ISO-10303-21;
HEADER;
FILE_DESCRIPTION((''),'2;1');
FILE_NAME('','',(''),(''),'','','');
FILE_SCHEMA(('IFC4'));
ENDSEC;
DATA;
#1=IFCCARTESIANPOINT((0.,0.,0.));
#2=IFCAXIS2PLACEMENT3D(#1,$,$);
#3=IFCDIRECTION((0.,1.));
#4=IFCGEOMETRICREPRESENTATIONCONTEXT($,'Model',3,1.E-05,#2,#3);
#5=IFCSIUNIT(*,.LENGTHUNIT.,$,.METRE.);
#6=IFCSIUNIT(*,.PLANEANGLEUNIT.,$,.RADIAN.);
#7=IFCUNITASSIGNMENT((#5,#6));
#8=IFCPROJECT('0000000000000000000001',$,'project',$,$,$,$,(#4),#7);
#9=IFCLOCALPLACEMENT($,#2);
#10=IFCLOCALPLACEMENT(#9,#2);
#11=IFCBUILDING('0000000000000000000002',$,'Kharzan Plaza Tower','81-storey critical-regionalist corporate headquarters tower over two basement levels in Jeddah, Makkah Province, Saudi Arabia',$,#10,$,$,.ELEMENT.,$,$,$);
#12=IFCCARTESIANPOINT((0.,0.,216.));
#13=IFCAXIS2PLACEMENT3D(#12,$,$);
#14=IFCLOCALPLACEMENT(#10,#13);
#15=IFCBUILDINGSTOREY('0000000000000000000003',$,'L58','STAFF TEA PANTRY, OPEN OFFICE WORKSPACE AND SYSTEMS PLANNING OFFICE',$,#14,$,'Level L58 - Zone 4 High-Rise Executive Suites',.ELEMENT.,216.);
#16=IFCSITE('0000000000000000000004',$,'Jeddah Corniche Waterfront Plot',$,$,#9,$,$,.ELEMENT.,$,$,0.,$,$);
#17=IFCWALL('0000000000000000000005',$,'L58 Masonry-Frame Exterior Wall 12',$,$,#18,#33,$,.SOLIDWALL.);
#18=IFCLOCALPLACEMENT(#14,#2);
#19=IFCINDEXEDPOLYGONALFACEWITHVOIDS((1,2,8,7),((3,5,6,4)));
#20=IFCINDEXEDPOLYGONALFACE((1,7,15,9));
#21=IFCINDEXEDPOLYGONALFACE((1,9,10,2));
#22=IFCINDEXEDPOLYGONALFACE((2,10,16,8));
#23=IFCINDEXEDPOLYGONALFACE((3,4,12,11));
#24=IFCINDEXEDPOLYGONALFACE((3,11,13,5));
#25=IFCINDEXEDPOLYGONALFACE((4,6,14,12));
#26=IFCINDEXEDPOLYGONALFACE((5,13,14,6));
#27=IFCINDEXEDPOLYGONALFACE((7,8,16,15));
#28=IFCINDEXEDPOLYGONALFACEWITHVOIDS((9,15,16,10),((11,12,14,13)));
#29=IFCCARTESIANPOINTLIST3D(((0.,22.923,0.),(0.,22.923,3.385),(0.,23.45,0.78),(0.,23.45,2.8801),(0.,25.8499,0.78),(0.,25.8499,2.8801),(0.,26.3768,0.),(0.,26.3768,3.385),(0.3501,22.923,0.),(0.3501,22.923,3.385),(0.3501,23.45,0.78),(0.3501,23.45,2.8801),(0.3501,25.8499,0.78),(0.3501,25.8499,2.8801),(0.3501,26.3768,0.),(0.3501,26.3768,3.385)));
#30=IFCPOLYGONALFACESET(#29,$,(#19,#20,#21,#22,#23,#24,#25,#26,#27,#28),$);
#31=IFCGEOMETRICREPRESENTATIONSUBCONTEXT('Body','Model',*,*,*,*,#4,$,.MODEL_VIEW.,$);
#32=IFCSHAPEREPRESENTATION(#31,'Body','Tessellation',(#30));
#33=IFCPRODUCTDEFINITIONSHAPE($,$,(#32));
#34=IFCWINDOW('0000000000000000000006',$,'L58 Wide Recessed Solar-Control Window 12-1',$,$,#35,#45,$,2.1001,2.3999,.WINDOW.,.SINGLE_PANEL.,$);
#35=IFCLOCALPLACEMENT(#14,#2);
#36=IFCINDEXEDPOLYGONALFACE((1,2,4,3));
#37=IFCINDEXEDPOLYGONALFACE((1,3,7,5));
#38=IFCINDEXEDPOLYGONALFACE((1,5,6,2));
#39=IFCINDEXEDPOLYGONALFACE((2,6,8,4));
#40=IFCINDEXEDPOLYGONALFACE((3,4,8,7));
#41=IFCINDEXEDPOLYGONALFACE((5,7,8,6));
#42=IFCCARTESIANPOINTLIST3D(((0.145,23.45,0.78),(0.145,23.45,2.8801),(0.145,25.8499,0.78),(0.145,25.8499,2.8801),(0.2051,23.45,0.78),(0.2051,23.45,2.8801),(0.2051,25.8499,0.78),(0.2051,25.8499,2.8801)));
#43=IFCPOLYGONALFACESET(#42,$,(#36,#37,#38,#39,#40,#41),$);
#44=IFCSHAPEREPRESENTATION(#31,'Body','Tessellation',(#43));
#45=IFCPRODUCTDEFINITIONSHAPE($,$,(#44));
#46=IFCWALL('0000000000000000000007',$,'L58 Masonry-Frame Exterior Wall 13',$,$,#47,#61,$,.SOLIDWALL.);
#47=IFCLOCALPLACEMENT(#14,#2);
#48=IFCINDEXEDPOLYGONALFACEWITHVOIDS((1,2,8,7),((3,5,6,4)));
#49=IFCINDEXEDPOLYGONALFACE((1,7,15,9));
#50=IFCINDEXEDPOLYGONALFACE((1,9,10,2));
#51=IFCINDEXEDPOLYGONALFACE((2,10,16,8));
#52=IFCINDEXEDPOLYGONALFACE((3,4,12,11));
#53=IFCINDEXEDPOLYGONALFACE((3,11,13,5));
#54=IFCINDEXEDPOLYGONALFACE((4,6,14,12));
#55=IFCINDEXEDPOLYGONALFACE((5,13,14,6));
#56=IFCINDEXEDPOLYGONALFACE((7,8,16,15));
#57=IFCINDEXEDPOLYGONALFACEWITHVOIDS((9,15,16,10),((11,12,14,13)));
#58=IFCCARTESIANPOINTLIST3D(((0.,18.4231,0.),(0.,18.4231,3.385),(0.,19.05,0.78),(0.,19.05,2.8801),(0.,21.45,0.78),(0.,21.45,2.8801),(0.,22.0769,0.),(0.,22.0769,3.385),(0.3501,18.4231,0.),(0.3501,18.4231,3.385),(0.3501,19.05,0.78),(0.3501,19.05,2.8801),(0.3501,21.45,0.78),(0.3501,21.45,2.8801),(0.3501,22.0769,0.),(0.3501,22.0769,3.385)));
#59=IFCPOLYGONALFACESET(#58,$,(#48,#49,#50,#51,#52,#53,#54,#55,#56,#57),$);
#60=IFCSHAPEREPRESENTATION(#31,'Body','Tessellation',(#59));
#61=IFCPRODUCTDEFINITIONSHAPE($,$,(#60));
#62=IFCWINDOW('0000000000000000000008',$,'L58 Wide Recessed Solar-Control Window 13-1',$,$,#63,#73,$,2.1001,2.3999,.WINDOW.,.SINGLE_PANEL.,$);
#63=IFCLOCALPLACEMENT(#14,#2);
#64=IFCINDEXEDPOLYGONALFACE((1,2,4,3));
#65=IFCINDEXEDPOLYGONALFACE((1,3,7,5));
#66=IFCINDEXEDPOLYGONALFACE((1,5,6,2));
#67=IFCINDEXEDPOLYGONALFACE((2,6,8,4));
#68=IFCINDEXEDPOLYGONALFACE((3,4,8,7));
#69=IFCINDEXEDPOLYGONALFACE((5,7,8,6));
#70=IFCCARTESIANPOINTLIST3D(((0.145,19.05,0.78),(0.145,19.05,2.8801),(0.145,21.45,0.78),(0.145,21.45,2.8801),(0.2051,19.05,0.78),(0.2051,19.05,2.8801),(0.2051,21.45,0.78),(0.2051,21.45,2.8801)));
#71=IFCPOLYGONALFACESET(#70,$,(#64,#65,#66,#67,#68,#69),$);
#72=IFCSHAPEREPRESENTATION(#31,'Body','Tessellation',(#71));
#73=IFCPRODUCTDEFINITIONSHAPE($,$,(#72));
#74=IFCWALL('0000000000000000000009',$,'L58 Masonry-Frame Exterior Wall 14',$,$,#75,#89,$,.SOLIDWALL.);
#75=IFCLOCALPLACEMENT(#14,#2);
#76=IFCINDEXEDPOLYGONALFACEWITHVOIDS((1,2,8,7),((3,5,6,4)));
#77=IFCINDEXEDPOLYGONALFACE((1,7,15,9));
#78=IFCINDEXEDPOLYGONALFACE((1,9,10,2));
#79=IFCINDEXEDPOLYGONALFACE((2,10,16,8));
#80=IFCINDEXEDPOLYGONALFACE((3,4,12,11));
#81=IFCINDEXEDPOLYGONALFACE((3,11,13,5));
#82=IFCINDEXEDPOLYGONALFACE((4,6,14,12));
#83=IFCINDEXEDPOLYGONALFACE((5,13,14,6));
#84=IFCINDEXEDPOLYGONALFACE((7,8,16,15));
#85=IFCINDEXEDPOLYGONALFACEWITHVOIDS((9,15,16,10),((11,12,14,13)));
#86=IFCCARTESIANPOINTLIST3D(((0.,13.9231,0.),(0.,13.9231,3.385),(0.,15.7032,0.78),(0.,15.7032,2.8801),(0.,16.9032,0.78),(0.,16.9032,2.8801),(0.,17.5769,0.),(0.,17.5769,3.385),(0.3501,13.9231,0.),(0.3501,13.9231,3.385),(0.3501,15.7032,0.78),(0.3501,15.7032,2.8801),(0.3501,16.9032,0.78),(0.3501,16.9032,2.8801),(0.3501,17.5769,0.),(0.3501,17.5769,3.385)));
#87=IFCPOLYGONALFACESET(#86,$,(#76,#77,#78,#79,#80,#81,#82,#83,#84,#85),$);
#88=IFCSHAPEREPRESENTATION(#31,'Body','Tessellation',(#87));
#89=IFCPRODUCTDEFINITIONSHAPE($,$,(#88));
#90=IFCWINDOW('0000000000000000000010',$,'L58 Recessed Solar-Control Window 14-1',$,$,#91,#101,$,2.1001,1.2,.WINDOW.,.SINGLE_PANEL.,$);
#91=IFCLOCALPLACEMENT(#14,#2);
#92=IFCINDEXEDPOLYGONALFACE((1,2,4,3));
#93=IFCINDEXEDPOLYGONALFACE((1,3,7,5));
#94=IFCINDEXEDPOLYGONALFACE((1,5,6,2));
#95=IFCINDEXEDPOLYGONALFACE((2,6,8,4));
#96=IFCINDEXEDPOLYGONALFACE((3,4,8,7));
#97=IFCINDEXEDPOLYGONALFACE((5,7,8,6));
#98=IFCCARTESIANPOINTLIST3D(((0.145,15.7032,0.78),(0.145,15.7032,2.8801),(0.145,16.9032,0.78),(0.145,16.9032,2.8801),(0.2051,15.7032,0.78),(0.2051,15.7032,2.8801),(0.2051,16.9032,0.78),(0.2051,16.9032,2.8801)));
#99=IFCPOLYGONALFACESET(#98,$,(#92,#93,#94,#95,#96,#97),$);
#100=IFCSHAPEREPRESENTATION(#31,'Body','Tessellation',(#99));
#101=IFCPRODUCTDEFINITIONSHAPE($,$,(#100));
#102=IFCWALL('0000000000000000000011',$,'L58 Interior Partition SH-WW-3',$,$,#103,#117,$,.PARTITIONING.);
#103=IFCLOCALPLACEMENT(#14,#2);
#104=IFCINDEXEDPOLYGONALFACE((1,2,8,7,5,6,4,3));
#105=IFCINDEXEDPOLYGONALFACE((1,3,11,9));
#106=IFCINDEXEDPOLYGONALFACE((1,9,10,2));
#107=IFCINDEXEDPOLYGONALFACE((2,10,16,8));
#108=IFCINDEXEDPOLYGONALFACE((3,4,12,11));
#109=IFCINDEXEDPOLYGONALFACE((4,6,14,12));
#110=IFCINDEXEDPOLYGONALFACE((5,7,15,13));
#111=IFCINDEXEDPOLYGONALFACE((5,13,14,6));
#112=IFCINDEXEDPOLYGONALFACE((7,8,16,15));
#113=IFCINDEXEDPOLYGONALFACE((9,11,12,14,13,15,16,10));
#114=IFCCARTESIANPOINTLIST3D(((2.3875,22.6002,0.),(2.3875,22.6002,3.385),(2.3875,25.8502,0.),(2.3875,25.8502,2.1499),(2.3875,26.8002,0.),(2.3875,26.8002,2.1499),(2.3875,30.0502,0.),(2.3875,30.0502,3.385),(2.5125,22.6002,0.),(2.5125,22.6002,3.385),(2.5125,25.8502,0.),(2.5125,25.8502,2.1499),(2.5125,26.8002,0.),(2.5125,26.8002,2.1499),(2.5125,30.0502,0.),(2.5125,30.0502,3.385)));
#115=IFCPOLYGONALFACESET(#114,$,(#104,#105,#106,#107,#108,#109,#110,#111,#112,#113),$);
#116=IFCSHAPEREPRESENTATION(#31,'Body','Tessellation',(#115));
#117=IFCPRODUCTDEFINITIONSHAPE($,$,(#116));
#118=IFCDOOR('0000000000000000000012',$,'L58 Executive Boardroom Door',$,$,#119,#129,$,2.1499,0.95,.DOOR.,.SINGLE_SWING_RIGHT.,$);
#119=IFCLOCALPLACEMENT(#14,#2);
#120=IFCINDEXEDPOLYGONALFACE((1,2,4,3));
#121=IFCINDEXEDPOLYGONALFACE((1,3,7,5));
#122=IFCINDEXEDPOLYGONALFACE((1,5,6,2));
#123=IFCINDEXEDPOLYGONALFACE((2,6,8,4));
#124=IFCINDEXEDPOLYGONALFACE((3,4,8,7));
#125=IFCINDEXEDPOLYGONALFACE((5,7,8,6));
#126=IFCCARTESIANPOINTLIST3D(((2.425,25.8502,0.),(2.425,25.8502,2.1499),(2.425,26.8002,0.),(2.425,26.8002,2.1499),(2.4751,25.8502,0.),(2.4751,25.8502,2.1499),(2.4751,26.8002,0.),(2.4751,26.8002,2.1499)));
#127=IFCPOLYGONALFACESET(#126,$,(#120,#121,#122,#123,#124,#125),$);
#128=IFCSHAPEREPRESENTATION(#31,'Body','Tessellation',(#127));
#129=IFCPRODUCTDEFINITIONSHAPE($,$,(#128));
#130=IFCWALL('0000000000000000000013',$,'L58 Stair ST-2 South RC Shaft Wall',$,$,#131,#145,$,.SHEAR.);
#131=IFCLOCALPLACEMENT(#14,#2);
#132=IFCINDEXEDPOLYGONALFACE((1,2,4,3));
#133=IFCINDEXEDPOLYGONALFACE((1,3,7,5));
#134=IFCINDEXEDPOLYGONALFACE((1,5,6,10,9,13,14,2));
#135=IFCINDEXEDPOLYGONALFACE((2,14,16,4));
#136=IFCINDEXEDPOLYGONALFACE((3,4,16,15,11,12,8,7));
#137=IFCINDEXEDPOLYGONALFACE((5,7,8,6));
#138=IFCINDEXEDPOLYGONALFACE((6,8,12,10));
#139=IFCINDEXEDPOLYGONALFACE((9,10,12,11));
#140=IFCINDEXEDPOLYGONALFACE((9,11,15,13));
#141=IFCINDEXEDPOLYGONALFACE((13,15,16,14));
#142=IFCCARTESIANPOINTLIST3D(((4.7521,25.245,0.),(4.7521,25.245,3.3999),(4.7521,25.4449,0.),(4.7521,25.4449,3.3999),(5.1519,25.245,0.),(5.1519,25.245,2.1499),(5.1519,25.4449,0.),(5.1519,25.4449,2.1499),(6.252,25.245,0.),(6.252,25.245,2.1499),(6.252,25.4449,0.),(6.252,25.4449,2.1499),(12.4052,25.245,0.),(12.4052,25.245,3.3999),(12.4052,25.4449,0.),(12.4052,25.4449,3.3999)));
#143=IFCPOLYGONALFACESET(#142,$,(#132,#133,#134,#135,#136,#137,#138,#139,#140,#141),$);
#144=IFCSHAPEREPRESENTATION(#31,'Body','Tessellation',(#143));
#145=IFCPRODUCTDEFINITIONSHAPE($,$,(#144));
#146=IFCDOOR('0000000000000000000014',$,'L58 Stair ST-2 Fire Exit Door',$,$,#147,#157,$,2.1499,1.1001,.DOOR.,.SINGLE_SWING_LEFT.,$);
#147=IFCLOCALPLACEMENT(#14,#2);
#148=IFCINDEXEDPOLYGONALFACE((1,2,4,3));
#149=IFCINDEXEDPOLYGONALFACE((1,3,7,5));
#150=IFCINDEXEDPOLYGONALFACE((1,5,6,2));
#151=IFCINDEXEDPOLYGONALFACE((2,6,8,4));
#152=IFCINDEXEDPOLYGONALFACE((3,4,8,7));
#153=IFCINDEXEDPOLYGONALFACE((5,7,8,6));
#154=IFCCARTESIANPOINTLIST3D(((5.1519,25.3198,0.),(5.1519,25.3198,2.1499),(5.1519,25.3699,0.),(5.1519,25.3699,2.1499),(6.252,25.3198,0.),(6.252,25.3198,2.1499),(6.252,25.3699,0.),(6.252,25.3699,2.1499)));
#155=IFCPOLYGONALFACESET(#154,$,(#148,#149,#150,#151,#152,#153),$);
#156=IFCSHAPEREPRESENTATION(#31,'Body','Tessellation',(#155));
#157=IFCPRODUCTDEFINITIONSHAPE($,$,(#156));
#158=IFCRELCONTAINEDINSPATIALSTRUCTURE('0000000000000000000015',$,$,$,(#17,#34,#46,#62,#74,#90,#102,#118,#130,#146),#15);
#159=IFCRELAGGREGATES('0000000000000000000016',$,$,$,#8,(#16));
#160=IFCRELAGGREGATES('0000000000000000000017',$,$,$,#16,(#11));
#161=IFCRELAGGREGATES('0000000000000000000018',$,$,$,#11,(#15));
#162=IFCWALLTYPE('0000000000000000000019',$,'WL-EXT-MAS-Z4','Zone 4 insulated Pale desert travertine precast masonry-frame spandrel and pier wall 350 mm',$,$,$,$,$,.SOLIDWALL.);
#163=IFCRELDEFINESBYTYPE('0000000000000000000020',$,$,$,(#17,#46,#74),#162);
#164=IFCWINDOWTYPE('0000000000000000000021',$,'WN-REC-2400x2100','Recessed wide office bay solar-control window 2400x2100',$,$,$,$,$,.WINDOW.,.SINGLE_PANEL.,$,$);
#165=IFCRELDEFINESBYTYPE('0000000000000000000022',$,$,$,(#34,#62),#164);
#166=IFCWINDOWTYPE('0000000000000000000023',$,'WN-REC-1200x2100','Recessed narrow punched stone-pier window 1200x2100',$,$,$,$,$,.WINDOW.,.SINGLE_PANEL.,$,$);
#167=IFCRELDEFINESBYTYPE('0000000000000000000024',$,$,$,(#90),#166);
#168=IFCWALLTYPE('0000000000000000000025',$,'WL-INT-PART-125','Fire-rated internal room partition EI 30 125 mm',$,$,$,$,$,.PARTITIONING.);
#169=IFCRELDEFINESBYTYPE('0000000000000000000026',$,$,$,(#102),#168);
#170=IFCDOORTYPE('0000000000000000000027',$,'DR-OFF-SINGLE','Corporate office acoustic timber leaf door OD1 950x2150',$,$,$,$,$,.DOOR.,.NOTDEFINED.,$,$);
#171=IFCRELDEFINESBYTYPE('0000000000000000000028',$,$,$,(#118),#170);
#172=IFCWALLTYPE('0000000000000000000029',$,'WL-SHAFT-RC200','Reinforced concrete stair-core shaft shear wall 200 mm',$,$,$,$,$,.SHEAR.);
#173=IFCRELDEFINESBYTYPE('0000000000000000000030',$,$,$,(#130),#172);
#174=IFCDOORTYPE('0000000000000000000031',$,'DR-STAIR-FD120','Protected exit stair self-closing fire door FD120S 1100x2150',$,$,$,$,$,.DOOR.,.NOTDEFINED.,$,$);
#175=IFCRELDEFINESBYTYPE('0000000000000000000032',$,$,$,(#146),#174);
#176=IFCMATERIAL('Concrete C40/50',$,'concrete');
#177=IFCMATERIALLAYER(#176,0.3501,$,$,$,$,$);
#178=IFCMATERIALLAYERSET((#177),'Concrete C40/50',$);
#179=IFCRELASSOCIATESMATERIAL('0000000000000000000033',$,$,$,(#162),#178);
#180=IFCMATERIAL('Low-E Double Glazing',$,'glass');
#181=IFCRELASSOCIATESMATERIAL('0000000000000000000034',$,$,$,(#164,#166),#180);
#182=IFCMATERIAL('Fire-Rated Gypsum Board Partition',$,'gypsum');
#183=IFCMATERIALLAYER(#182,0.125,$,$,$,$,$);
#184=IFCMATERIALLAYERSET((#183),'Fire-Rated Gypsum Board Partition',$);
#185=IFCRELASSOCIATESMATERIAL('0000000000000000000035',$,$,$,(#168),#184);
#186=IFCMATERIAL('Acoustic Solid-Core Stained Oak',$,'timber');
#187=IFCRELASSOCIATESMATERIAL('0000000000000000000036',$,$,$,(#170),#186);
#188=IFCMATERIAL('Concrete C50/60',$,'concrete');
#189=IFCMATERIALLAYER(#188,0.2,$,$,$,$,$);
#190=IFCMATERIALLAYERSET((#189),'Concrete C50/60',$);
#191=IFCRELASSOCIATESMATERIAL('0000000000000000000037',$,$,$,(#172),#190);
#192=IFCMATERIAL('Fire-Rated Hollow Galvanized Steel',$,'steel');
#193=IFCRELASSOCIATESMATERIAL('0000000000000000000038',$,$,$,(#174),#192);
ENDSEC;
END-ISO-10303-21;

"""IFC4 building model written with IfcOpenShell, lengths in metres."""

from ifc_helpers import new_model, si_unit, direction, frame, frame_2d, origin, place, context, subcontext, project, spatial, rectangle, extrude, source, transform, mapped, material, layer, layer_set, type_object, element, fill, save


model = new_model("IFC4")

# Units and contexts
model_context = context("Model", 3, precision=1e-05, world=origin(), true_north=direction((0.0, 1.0)))
body_context = subcontext(model_context, "Body", "Model", "MODEL_VIEW")
ifc_project = project(units=[si_unit("LENGTHUNIT", "METRE"), si_unit("PLANEANGLEUNIT", "RADIAN")], contexts=[model_context])

# Site, building, storey
site_placement = place(None, origin())
site = spatial("IfcSite", under=ifc_project, at=site_placement, Name="Jeddah Corniche Waterfront Plot", CompositionType="ELEMENT", RefElevation=0.0)
building_placement = place(site_placement, origin())
building = spatial("IfcBuilding", under=site, at=building_placement, Name="Kharzan Plaza Tower", Description="81-storey critical-regionalist corporate headquarters tower over two basement levels in Jeddah, Makkah Province, Saudi Arabia", CompositionType="ELEMENT")
storey_placement = place(building_placement, frame((0.0, 0.0, 216.0)))
storey = spatial("IfcBuildingStorey", under=building, at=storey_placement, Name="L58", Description="STAFF TEA PANTRY, OPEN OFFICE WORKSPACE AND SYSTEMS PLANNING OFFICE", LongName="Level L58 - Zone 4 High-Rise Executive Suites", CompositionType="ELEMENT", Elevation=216.0)

# Shared definitions
ifc_material_1 = material(Name="Concrete C50/60", Category="concrete")

# Walls, openings, windows
ifc_material_2 = material(Name="Concrete C40/50", Category="concrete")
ifc_layer_1 = layer(ifc_material_2, 0.3501)
ifc_layer_set_1 = layer_set([ifc_layer_1], Name="Concrete C40/50")
wall_type_1 = type_object("IfcWallType", Name="WL-EXT-MAS-Z4", Description="Zone 4 insulated Pale desert travertine precast masonry-frame spandrel and pier wall 350 mm", PredefinedType="SOLIDWALL", material=ifc_layer_set_1)
wall_1_placement = place(storey_placement, frame((0.175, 26.377, 0.0), z_axis=(0.0, 0.0, 1.0), x_axis=(0.0, -1.0, 0.0)))
wall_1 = element("IfcWall", 1, at=wall_1_placement, inside=storey, type_object=wall_type_1, Name="L58 Masonry-Frame Exterior Wall 12", PredefinedType="SOLIDWALL", context=body_context, shape_type="SweptSolid", body=[
    extrude(rectangle(XDim=3.4539, YDim=0.3501, at=frame_2d((1.7271, 0.0))), origin(), (0.0, 0.0, 1.0), 3.385),
])
opening_1_placement = place(wall_1_placement, frame((0.5271, 0.0, 0.78)))
opening_1 = element("IfcOpeningElement", 2, at=opening_1_placement, cuts=wall_1, PredefinedType="OPENING", context=body_context, shape_type="SweptSolid", body=[
    extrude(rectangle(XDim=2.3999, YDim=2.1001, at=frame_2d((1.2, 1.05))), frame((0.0, 0.1851, 0.0), z_axis=(0.0, -1.0, 0.0), x_axis=(1.0, 0.0, 0.0)), (0.0, 0.0, 1.0), 0.3701),
])
ifc_material_3 = material(Name="Low-E Double Glazing", Category="glass")
window_type_1 = type_object("IfcWindowType", Name="WN-REC-2400x2100", Description="Recessed wide office bay solar-control window 2400x2100", PartitioningType="SINGLE_PANEL", PredefinedType="WINDOW", material=ifc_material_3)
shared_shape_1 = source(origin(), body_context, "Body", "SweptSolid", [
    extrude(rectangle(XDim=2.3999, YDim=2.1001, at=frame_2d((1.2, 1.05))), frame((0.0, 0.03, 0.0), z_axis=(0.0, -1.0, 0.0), x_axis=(1.0, 0.0, 0.0)), (0.0, 0.0, 1.0), 0.0601),
])
window_1_placement = place(opening_1_placement, origin())
window_1 = element("IfcWindow", 3, at=window_1_placement, inside=storey, type_object=window_type_1, Name="L58 Wide Recessed Solar-Control Window 12-1", OverallHeight=2.1001, OverallWidth=2.3999, PartitioningType="SINGLE_PANEL", PredefinedType="WINDOW", context=body_context, shape_type="MappedRepresentation", body=[
    mapped(shared_shape_1, transform((0.0, 0.0, 0.0), x_axis=(1.0, 0.0, 0.0), y_axis=(0.0, 1.0, 0.0), z_axis=(0.0, 0.0, 1.0))),
])
fill(opening_1, window_1)
wall_2_placement = place(storey_placement, frame((0.175, 22.0769, 0.0), z_axis=(0.0, 0.0, 1.0), x_axis=(0.0, -1.0, 0.0)))
wall_2 = element("IfcWall", 4, at=wall_2_placement, inside=storey, type_object=wall_type_1, Name="L58 Masonry-Frame Exterior Wall 13", PredefinedType="SOLIDWALL", context=body_context, shape_type="SweptSolid", body=[
    extrude(rectangle(XDim=3.6538, YDim=0.3501, at=frame_2d((1.8269, 0.0))), origin(), (0.0, 0.0, 1.0), 3.385),
])
opening_2_placement = place(wall_2_placement, frame((0.627, 0.0, 0.78)))
opening_2 = element("IfcOpeningElement", 5, at=opening_2_placement, cuts=wall_2, PredefinedType="OPENING", context=body_context, shape_type="SweptSolid", body=[
    extrude(rectangle(XDim=2.3999, YDim=2.1001, at=frame_2d((1.2, 1.05))), frame((0.0, 0.1851, 0.0), z_axis=(0.0, -1.0, 0.0), x_axis=(1.0, 0.0, 0.0)), (0.0, 0.0, 1.0), 0.3701),
])
window_2_placement = place(opening_2_placement, origin())
window_2 = element("IfcWindow", 6, at=window_2_placement, inside=storey, type_object=window_type_1, Name="L58 Wide Recessed Solar-Control Window 13-1", OverallHeight=2.1001, OverallWidth=2.3999, PartitioningType="SINGLE_PANEL", PredefinedType="WINDOW", context=body_context, shape_type="MappedRepresentation", body=[
    mapped(shared_shape_1, transform((0.0, 0.0, 0.0), x_axis=(1.0, 0.0, 0.0), y_axis=(0.0, 1.0, 0.0), z_axis=(0.0, 0.0, 1.0))),
])
fill(opening_2, window_2)
wall_3_placement = place(storey_placement, frame((0.175, 17.5769, 0.0), z_axis=(0.0, 0.0, 1.0), x_axis=(0.0, -1.0, 0.0)))
wall_3 = element("IfcWall", 7, at=wall_3_placement, inside=storey, type_object=wall_type_1, Name="L58 Masonry-Frame Exterior Wall 14", PredefinedType="SOLIDWALL", context=body_context, shape_type="SweptSolid", body=[
    extrude(rectangle(XDim=3.6538, YDim=0.3501, at=frame_2d((1.8269, 0.0))), origin(), (0.0, 0.0, 1.0), 3.385),
])
opening_3_placement = place(wall_3_placement, frame((0.6736, 0.0, 0.78)))
opening_3 = element("IfcOpeningElement", 8, at=opening_3_placement, cuts=wall_3, PredefinedType="OPENING", context=body_context, shape_type="SweptSolid", body=[
    extrude(rectangle(XDim=1.2, YDim=2.1001, at=frame_2d((0.6001, 1.05))), frame((0.0, 0.1851, 0.0), z_axis=(0.0, -1.0, 0.0), x_axis=(1.0, 0.0, 0.0)), (0.0, 0.0, 1.0), 0.3701),
])
window_type_2 = type_object("IfcWindowType", Name="WN-REC-1200x2100", Description="Recessed narrow punched stone-pier window 1200x2100", PartitioningType="SINGLE_PANEL", PredefinedType="WINDOW", material=ifc_material_3)
shared_shape_2 = source(origin(), body_context, "Body", "SweptSolid", [
    extrude(rectangle(XDim=1.2, YDim=2.1001, at=frame_2d((0.6001, 1.05))), frame((0.0, 0.03, 0.0), z_axis=(0.0, -1.0, 0.0), x_axis=(1.0, 0.0, 0.0)), (0.0, 0.0, 1.0), 0.0601),
])
window_3_placement = place(opening_3_placement, origin())
window_3 = element("IfcWindow", 9, at=window_3_placement, inside=storey, type_object=window_type_2, Name="L58 Recessed Solar-Control Window 14-1", OverallHeight=2.1001, OverallWidth=1.2, PartitioningType="SINGLE_PANEL", PredefinedType="WINDOW", context=body_context, shape_type="MappedRepresentation", body=[
    mapped(shared_shape_2, transform((0.0, 0.0, 0.0), x_axis=(1.0, 0.0, 0.0), y_axis=(0.0, 1.0, 0.0), z_axis=(0.0, 0.0, 1.0))),
])
fill(opening_3, window_3)

# Walls, openings, doors
ifc_material_4 = material(Name="Fire-Rated Gypsum Board Partition", Category="gypsum")
ifc_layer_2 = layer(ifc_material_4, 0.125)
ifc_layer_set_2 = layer_set([ifc_layer_2], Name="Fire-Rated Gypsum Board Partition")
wall_type_2 = type_object("IfcWallType", Name="WL-INT-PART-125", Description="Fire-rated internal room partition EI 30 125 mm", PredefinedType="PARTITIONING", material=ifc_layer_set_2)
wall_4_placement = place(storey_placement, frame((2.45, 22.6001, 0.0), z_axis=(0.0, 0.0, 1.0), x_axis=(0.0, 1.0, 0.0)))
wall_4 = element("IfcWall", 10, at=wall_4_placement, inside=storey, type_object=wall_type_2, Name="L58 Interior Partition SH-WW-3", PredefinedType="PARTITIONING", context=body_context, shape_type="SweptSolid", body=[
    extrude(rectangle(XDim=7.45, YDim=0.125, at=frame_2d((3.7251, 0.0))), origin(), (0.0, 0.0, 1.0), 3.385),
])
opening_4_placement = place(wall_4_placement, frame((3.25, 0.0, 0.0)))
opening_4 = element("IfcOpeningElement", 11, at=opening_4_placement, cuts=wall_4, PredefinedType="OPENING", context=body_context, shape_type="SweptSolid", body=[
    extrude(rectangle(XDim=0.95, YDim=2.1499, at=frame_2d((0.4751, 1.075))), frame((0.0, 0.0725, 0.0), z_axis=(0.0, -1.0, 0.0), x_axis=(1.0, 0.0, 0.0)), (0.0, 0.0, 1.0), 0.145),
])
ifc_material_5 = material(Name="Acoustic Solid-Core Stained Oak", Category="timber")
door_type_1 = type_object("IfcDoorType", Name="DR-OFF-SINGLE", Description="Corporate office acoustic timber leaf door OD1 950x2150", OperationType="NOTDEFINED", PredefinedType="DOOR", material=ifc_material_5)
shared_shape_3 = source(origin(), body_context, "Body", "SweptSolid", [
    extrude(rectangle(XDim=0.95, YDim=2.1499, at=frame_2d((0.4751, 1.075))), frame((0.0, 0.0249, 0.0), z_axis=(0.0, -1.0, 0.0), x_axis=(1.0, 0.0, 0.0)), (0.0, 0.0, 1.0), 0.05),
])
door_1_placement = place(opening_4_placement, origin())
door_1 = element("IfcDoor", 12, at=door_1_placement, inside=storey, type_object=door_type_1, Name="L58 Executive Boardroom Door", OperationType="SINGLE_SWING_RIGHT", OverallHeight=2.1499, OverallWidth=0.95, PredefinedType="DOOR", context=body_context, shape_type="MappedRepresentation", body=[
    mapped(shared_shape_3, transform((0.0, 0.0, 0.0), x_axis=(1.0, 0.0, 0.0), y_axis=(0.0, 1.0, 0.0), z_axis=(0.0, 0.0, 1.0))),
])
fill(opening_4, door_1)
ifc_layer_3 = layer(ifc_material_1, 0.2)
ifc_layer_set_3 = layer_set([ifc_layer_3], Name="Concrete C50/60")
wall_type_3 = type_object("IfcWallType", Name="WL-SHAFT-RC200", Description="Reinforced concrete stair-core shaft shear wall 200 mm", PredefinedType="SHEAR", material=ifc_layer_set_3)
wall_5_placement = place(storey_placement, frame((4.752, 25.345, 0.0), z_axis=(0.0, 0.0, 1.0), x_axis=(1.0, 0.0, 0.0)))
wall_5 = element("IfcWall", 13, at=wall_5_placement, inside=storey, type_object=wall_type_3, Name="L58 Stair ST-2 South RC Shaft Wall", PredefinedType="SHEAR", context=body_context, shape_type="SweptSolid", body=[
    extrude(rectangle(XDim=7.6531, YDim=0.2, at=frame_2d((3.8267, 0.0))), origin(), (0.0, 0.0, 1.0), 3.3999),
])
opening_5_placement = place(wall_5_placement, frame((0.3999, 0.0, 0.0)))
opening_5 = element("IfcOpeningElement", 14, at=opening_5_placement, cuts=wall_5, PredefinedType="OPENING", context=body_context, shape_type="SweptSolid", body=[
    extrude(rectangle(XDim=1.1001, YDim=2.1499, at=frame_2d((0.55, 1.075))), frame((0.0, 0.1099, 0.0), z_axis=(0.0, -1.0, 0.0), x_axis=(1.0, 0.0, 0.0)), (0.0, 0.0, 1.0), 0.22),
])
ifc_material_6 = material(Name="Fire-Rated Hollow Galvanized Steel", Category="steel")
door_type_2 = type_object("IfcDoorType", Name="DR-STAIR-FD120", Description="Protected exit stair self-closing fire door FD120S 1100x2150", OperationType="NOTDEFINED", PredefinedType="DOOR", material=ifc_material_6)
shared_shape_4 = source(origin(), body_context, "Body", "SweptSolid", [
    extrude(rectangle(XDim=1.1001, YDim=2.1499, at=frame_2d((0.55, 1.075))), frame((0.0, 0.0249, 0.0), z_axis=(0.0, -1.0, 0.0), x_axis=(1.0, 0.0, 0.0)), (0.0, 0.0, 1.0), 0.05),
])
door_2_placement = place(opening_5_placement, origin())
door_2 = element("IfcDoor", 15, at=door_2_placement, inside=storey, type_object=door_type_2, Name="L58 Stair ST-2 Fire Exit Door", OperationType="SINGLE_SWING_LEFT", OverallHeight=2.1499, OverallWidth=1.1001, PredefinedType="DOOR", context=body_context, shape_type="MappedRepresentation", body=[
    mapped(shared_shape_4, transform((0.0, 0.0, 0.0), x_axis=(1.0, 0.0, 0.0), y_axis=(0.0, 1.0, 0.0), z_axis=(0.0, 0.0, 1.0))),
])
fill(opening_5, door_2)

save(model, "model.ifc")
